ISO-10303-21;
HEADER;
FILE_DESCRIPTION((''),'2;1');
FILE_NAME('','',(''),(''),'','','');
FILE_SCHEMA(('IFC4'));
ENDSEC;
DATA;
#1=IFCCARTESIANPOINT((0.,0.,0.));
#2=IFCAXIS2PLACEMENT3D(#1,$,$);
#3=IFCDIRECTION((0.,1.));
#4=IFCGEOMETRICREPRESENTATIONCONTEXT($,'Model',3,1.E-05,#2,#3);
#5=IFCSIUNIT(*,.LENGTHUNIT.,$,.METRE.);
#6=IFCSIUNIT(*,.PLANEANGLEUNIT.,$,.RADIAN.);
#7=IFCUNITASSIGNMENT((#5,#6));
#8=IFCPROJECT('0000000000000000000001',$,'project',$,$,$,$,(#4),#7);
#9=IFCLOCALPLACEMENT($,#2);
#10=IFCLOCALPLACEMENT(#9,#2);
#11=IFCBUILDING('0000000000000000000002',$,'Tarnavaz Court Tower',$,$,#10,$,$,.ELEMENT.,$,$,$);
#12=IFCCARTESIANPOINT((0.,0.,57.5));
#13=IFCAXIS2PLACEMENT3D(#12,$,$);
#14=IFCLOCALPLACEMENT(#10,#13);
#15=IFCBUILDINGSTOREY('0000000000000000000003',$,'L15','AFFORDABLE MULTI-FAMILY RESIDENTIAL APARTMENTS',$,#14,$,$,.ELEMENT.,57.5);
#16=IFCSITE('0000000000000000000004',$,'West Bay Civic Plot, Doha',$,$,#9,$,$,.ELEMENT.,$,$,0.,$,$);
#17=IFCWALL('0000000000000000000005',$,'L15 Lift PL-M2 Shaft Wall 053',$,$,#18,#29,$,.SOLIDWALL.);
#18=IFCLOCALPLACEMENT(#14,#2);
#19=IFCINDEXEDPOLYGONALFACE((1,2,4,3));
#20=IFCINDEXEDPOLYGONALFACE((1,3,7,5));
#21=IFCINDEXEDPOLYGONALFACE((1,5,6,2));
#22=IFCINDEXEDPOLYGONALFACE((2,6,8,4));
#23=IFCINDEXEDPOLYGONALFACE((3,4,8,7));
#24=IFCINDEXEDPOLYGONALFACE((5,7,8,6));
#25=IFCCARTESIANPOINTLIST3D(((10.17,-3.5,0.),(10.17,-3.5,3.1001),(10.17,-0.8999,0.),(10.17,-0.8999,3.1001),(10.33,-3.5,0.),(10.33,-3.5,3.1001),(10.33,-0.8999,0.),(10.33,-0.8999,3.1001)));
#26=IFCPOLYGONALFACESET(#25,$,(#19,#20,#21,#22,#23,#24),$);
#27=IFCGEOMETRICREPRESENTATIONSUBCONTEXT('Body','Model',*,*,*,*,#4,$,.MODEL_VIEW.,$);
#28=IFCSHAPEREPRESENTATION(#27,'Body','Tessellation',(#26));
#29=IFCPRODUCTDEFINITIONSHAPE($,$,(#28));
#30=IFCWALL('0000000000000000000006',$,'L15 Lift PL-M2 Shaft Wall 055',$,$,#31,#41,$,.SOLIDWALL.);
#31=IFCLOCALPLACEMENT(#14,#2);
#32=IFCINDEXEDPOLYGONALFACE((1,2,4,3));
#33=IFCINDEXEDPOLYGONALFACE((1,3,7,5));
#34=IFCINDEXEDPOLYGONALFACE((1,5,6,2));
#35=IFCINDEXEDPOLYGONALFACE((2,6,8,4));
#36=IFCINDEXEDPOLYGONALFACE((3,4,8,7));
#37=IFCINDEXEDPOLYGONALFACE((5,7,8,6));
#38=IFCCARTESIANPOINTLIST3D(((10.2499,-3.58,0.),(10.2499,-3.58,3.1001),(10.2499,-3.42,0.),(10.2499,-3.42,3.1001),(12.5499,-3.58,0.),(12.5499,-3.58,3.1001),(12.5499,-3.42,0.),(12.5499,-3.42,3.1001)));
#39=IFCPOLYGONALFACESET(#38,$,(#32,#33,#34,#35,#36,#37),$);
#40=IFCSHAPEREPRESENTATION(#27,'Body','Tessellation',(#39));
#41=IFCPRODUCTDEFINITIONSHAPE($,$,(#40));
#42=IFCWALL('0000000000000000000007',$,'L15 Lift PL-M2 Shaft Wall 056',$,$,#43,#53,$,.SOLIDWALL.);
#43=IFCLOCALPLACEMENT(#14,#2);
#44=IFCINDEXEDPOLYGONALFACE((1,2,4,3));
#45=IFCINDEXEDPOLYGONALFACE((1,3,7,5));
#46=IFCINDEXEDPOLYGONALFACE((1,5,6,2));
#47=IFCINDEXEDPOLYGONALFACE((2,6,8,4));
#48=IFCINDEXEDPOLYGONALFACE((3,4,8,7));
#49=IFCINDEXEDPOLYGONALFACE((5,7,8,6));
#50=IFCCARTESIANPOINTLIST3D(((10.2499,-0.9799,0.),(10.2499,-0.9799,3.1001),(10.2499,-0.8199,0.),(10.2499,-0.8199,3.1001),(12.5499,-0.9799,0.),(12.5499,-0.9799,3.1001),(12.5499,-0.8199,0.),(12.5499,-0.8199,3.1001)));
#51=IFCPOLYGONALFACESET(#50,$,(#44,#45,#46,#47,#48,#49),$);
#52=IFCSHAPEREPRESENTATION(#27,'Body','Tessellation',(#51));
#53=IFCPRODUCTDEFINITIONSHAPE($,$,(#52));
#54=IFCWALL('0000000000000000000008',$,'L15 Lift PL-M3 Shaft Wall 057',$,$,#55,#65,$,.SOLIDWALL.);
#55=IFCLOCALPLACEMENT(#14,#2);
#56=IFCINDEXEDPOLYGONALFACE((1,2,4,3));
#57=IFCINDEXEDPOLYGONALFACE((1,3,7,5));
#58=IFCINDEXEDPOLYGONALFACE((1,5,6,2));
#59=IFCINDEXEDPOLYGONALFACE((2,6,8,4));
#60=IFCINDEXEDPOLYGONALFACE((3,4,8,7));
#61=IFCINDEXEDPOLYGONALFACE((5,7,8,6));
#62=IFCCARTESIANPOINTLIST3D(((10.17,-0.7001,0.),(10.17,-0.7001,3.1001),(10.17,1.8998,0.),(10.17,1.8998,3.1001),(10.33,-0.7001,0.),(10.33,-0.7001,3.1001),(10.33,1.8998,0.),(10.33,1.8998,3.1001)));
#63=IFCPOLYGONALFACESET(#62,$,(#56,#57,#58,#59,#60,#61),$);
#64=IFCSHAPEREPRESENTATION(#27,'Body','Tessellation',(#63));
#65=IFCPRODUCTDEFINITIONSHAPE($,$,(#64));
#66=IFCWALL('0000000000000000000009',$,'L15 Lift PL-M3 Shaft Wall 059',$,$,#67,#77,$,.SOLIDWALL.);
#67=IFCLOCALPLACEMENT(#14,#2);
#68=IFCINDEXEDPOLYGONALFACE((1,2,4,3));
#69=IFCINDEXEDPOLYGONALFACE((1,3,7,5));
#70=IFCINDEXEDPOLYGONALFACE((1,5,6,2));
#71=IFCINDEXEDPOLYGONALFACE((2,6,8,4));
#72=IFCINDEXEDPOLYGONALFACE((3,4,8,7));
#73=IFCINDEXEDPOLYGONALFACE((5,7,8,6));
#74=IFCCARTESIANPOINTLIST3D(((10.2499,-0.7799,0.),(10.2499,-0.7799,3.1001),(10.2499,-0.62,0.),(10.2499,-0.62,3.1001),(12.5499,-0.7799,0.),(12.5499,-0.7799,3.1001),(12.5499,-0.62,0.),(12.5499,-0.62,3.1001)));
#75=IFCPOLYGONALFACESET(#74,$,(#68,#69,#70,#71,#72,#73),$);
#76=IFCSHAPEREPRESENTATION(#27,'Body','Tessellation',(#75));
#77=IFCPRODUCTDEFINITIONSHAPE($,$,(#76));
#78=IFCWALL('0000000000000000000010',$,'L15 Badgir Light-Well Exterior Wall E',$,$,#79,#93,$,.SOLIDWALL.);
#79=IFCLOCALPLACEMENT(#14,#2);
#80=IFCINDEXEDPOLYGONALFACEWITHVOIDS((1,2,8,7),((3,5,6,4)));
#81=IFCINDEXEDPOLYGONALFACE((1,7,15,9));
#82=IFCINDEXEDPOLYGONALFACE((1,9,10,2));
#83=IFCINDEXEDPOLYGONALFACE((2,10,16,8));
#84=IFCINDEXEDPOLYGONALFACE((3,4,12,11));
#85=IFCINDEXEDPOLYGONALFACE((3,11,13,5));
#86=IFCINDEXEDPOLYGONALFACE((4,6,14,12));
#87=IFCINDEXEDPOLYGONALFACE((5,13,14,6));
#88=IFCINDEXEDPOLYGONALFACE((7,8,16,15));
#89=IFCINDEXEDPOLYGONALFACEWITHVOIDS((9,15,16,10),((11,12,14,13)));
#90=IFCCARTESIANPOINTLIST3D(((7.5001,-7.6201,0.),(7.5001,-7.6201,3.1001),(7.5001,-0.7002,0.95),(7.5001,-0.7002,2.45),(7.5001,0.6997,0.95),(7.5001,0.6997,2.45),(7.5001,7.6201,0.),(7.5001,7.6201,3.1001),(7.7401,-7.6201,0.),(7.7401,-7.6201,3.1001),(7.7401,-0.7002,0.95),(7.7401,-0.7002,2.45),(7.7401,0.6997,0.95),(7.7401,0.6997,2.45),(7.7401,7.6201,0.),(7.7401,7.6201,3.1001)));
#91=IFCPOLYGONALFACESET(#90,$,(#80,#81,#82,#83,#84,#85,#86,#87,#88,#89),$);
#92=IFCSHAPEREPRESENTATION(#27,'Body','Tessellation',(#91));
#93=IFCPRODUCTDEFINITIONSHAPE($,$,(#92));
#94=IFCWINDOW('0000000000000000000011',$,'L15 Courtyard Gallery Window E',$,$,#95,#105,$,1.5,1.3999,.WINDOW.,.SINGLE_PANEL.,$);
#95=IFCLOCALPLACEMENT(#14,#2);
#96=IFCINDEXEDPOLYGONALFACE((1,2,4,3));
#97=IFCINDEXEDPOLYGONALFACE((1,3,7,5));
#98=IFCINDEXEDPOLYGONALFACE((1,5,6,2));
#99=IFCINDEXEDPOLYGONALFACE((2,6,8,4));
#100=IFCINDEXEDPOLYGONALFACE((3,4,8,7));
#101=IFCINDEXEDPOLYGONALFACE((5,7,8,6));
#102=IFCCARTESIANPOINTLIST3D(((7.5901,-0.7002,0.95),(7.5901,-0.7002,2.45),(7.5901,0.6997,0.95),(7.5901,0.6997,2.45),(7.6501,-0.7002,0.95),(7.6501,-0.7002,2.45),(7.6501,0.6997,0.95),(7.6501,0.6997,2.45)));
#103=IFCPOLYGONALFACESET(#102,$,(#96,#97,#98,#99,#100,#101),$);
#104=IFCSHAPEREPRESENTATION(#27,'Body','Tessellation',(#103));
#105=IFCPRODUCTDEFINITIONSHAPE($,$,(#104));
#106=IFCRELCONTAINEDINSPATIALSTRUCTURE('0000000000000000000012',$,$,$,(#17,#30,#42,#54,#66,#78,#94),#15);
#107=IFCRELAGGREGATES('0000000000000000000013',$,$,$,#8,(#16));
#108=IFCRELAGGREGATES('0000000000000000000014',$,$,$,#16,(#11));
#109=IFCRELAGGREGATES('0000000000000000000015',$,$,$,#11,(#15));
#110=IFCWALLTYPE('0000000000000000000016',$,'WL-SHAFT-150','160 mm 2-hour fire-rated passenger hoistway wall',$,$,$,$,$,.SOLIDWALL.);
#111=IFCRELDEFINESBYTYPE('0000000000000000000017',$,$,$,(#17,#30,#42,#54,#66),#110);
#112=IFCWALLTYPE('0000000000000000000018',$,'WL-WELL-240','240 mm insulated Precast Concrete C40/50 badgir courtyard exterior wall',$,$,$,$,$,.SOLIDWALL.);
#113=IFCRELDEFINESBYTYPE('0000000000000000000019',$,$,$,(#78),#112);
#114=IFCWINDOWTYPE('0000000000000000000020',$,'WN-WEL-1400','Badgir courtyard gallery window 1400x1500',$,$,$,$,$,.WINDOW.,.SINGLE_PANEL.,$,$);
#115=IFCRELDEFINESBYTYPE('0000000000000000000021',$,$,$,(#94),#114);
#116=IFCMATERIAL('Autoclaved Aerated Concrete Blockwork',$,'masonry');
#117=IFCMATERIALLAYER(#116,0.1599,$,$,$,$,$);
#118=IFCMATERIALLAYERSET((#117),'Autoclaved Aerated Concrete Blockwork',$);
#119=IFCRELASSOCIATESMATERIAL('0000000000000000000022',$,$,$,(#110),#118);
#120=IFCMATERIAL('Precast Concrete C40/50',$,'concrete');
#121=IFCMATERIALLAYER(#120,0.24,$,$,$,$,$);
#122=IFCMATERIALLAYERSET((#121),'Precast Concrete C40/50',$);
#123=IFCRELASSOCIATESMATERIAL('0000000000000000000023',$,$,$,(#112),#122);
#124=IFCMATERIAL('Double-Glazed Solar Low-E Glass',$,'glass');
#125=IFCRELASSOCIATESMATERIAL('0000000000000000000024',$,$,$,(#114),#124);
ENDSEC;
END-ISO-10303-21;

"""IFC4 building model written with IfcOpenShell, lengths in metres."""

from ifc_helpers import new_model, si_unit, direction, frame, frame_2d, origin, place, context, subcontext, project, spatial, rectangle, extrude, material, layer, layer_set, type_object, element, fill, save


model = new_model("IFC4")

# Units and contexts
model_context = context("Model", 3, precision=1e-05, world=origin(), true_north=direction((0.0, 1.0)))
body_context = subcontext(model_context, "Body", "Model", "MODEL_VIEW")
ifc_project = project(units=[si_unit("LENGTHUNIT", "METRE"), si_unit("PLANEANGLEUNIT", "RADIAN")], contexts=[model_context])

# Site, building, storey
site_placement = place(None, origin())
site = spatial("IfcSite", under=ifc_project, at=site_placement, Name="West Bay Civic Plot, Doha", CompositionType="ELEMENT", RefElevation=0.0)
building_placement = place(site_placement, origin())
building = spatial("IfcBuilding", under=site, at=building_placement, Name="Tarnavaz Court Tower", CompositionType="ELEMENT")
storey_placement = place(building_placement, frame((0.0, 0.0, 57.5)))
storey = spatial("IfcBuildingStorey", under=building, at=storey_placement, Name="L15", Description="AFFORDABLE MULTI-FAMILY RESIDENTIAL APARTMENTS", CompositionType="ELEMENT", Elevation=57.5)

# Walls
ifc_material_1 = material(Name="Autoclaved Aerated Concrete Blockwork", Category="masonry")
ifc_layer_1 = layer(ifc_material_1, 0.1599)
ifc_layer_set_1 = layer_set([ifc_layer_1], Name="Autoclaved Aerated Concrete Blockwork")
wall_type_1 = type_object("IfcWallType", Name="WL-SHAFT-150", Description="160 mm 2-hour fire-rated passenger hoistway wall", PredefinedType="SOLIDWALL", material=ifc_layer_set_1)
wall_1_placement = place(storey_placement, frame((10.25, -3.5, 0.0), z_axis=(0.0, 0.0, 1.0), x_axis=(0.0, 1.0, 0.0)))
element("IfcWall", 1, at=wall_1_placement, inside=storey, type_object=wall_type_1, Name="L15 Lift PL-M2 Shaft Wall 053", PredefinedType="SOLIDWALL", context=body_context, shape_type="SweptSolid", body=[
    extrude(rectangle(XDim=2.6001, YDim=0.1599, at=frame_2d((1.3, 0.0))), origin(), (0.0, 0.0, 1.0), 3.1001),
])
for number, where, z_axis, x_axis, name in (
    (2, (10.25, -3.5, 0.0), (0.0, 0.0, 1.0), (1.0, 0.0, 0.0), "L15 Lift PL-M2 Shaft Wall 055"),
    (3, (10.25, -0.8999, 0.0), (0.0, 0.0, 1.0), (1.0, 0.0, 0.0), "L15 Lift PL-M2 Shaft Wall 056"),
):
    element("IfcWall", number, at=place(storey_placement, frame(where, z_axis=z_axis, x_axis=x_axis)), inside=storey, type_object=wall_type_1, Name=name, PredefinedType="SOLIDWALL", context=body_context, shape_type="SweptSolid", body=[
        extrude(rectangle(XDim=2.3, YDim=0.1599, at=frame_2d((1.1499, 0.0))), origin(), (0.0, 0.0, 1.0), 3.1001),
    ])
wall_2_placement = place(storey_placement, frame((10.25, -0.7, 0.0), z_axis=(0.0, 0.0, 1.0), x_axis=(0.0, 1.0, 0.0)))
element("IfcWall", 4, at=wall_2_placement, inside=storey, type_object=wall_type_1, Name="L15 Lift PL-M3 Shaft Wall 057", PredefinedType="SOLIDWALL", context=body_context, shape_type="SweptSolid", body=[
    extrude(rectangle(XDim=2.5999, YDim=0.1599, at=frame_2d((1.2998, 0.0))), origin(), (0.0, 0.0, 1.0), 3.1001),
])
wall_3_placement = place(storey_placement, frame((10.25, -0.7, 0.0), z_axis=(0.0, 0.0, 1.0), x_axis=(1.0, 0.0, 0.0)))
element("IfcWall", 5, at=wall_3_placement, inside=storey, type_object=wall_type_1, Name="L15 Lift PL-M3 Shaft Wall 059", PredefinedType="SOLIDWALL", context=body_context, shape_type="SweptSolid", body=[
    extrude(rectangle(XDim=2.3, YDim=0.1599, at=frame_2d((1.1499, 0.0))), origin(), (0.0, 0.0, 1.0), 3.1001),
])

# Wall, opening, window
ifc_material_2 = material(Name="Precast Concrete C40/50", Category="concrete")
ifc_layer_2 = layer(ifc_material_2, 0.24)
ifc_layer_set_2 = layer_set([ifc_layer_2], Name="Precast Concrete C40/50")
wall_type_2 = type_object("IfcWallType", Name="WL-WELL-240", Description="240 mm insulated Precast Concrete C40/50 badgir courtyard exterior wall", PredefinedType="SOLIDWALL", material=ifc_layer_set_2)
wall_4_placement = place(storey_placement, frame((7.6201, -7.6201, 0.0), z_axis=(0.0, 0.0, 1.0), x_axis=(0.0, 1.0, 0.0)))
wall_4 = element("IfcWall", 6, at=wall_4_placement, inside=storey, type_object=wall_type_2, Name="L15 Badgir Light-Well Exterior Wall E", PredefinedType="SOLIDWALL", context=body_context, shape_type="SweptSolid", body=[
    extrude(rectangle(XDim=15.2402, YDim=0.24, at=frame_2d((7.6201, 0.0))), origin(), (0.0, 0.0, 1.0), 3.1001),
])
opening_1_placement = place(wall_4_placement, frame((6.9199, 0.0, 0.95)))
opening_1 = element("IfcOpeningElement", 7, at=opening_1_placement, cuts=wall_4, PredefinedType="OPENING", context=body_context, shape_type="SweptSolid", body=[
    extrude(rectangle(XDim=1.3999, YDim=1.5, at=frame_2d((0.7, 0.75))), frame((0.0, 0.1299, 0.0), z_axis=(0.0, -1.0, 0.0), x_axis=(1.0, 0.0, 0.0)), (0.0, 0.0, 1.0), 0.26),
])
ifc_material_3 = material(Name="Double-Glazed Solar Low-E Glass", Category="glass")
window_type = type_object("IfcWindowType", Name="WN-WEL-1400", Description="Badgir courtyard gallery window 1400x1500", PartitioningType="SINGLE_PANEL", PredefinedType="WINDOW", material=ifc_material_3)
window_placement = place(opening_1_placement, origin())
window = element("IfcWindow", 8, at=window_placement, inside=storey, type_object=window_type, Name="L15 Courtyard Gallery Window E", OverallHeight=1.5, OverallWidth=1.3999, PartitioningType="SINGLE_PANEL", PredefinedType="WINDOW", context=body_context, shape_type="SweptSolid", body=[
    extrude(rectangle(XDim=1.3999, YDim=1.5, at=frame_2d((0.7, 0.75))), frame((0.0, 0.03, 0.0), z_axis=(0.0, -1.0, 0.0), x_axis=(1.0, 0.0, 0.0)), (0.0, 0.0, 1.0), 0.0601),
])
fill(opening_1, window)

save(model, "model.ifc")
